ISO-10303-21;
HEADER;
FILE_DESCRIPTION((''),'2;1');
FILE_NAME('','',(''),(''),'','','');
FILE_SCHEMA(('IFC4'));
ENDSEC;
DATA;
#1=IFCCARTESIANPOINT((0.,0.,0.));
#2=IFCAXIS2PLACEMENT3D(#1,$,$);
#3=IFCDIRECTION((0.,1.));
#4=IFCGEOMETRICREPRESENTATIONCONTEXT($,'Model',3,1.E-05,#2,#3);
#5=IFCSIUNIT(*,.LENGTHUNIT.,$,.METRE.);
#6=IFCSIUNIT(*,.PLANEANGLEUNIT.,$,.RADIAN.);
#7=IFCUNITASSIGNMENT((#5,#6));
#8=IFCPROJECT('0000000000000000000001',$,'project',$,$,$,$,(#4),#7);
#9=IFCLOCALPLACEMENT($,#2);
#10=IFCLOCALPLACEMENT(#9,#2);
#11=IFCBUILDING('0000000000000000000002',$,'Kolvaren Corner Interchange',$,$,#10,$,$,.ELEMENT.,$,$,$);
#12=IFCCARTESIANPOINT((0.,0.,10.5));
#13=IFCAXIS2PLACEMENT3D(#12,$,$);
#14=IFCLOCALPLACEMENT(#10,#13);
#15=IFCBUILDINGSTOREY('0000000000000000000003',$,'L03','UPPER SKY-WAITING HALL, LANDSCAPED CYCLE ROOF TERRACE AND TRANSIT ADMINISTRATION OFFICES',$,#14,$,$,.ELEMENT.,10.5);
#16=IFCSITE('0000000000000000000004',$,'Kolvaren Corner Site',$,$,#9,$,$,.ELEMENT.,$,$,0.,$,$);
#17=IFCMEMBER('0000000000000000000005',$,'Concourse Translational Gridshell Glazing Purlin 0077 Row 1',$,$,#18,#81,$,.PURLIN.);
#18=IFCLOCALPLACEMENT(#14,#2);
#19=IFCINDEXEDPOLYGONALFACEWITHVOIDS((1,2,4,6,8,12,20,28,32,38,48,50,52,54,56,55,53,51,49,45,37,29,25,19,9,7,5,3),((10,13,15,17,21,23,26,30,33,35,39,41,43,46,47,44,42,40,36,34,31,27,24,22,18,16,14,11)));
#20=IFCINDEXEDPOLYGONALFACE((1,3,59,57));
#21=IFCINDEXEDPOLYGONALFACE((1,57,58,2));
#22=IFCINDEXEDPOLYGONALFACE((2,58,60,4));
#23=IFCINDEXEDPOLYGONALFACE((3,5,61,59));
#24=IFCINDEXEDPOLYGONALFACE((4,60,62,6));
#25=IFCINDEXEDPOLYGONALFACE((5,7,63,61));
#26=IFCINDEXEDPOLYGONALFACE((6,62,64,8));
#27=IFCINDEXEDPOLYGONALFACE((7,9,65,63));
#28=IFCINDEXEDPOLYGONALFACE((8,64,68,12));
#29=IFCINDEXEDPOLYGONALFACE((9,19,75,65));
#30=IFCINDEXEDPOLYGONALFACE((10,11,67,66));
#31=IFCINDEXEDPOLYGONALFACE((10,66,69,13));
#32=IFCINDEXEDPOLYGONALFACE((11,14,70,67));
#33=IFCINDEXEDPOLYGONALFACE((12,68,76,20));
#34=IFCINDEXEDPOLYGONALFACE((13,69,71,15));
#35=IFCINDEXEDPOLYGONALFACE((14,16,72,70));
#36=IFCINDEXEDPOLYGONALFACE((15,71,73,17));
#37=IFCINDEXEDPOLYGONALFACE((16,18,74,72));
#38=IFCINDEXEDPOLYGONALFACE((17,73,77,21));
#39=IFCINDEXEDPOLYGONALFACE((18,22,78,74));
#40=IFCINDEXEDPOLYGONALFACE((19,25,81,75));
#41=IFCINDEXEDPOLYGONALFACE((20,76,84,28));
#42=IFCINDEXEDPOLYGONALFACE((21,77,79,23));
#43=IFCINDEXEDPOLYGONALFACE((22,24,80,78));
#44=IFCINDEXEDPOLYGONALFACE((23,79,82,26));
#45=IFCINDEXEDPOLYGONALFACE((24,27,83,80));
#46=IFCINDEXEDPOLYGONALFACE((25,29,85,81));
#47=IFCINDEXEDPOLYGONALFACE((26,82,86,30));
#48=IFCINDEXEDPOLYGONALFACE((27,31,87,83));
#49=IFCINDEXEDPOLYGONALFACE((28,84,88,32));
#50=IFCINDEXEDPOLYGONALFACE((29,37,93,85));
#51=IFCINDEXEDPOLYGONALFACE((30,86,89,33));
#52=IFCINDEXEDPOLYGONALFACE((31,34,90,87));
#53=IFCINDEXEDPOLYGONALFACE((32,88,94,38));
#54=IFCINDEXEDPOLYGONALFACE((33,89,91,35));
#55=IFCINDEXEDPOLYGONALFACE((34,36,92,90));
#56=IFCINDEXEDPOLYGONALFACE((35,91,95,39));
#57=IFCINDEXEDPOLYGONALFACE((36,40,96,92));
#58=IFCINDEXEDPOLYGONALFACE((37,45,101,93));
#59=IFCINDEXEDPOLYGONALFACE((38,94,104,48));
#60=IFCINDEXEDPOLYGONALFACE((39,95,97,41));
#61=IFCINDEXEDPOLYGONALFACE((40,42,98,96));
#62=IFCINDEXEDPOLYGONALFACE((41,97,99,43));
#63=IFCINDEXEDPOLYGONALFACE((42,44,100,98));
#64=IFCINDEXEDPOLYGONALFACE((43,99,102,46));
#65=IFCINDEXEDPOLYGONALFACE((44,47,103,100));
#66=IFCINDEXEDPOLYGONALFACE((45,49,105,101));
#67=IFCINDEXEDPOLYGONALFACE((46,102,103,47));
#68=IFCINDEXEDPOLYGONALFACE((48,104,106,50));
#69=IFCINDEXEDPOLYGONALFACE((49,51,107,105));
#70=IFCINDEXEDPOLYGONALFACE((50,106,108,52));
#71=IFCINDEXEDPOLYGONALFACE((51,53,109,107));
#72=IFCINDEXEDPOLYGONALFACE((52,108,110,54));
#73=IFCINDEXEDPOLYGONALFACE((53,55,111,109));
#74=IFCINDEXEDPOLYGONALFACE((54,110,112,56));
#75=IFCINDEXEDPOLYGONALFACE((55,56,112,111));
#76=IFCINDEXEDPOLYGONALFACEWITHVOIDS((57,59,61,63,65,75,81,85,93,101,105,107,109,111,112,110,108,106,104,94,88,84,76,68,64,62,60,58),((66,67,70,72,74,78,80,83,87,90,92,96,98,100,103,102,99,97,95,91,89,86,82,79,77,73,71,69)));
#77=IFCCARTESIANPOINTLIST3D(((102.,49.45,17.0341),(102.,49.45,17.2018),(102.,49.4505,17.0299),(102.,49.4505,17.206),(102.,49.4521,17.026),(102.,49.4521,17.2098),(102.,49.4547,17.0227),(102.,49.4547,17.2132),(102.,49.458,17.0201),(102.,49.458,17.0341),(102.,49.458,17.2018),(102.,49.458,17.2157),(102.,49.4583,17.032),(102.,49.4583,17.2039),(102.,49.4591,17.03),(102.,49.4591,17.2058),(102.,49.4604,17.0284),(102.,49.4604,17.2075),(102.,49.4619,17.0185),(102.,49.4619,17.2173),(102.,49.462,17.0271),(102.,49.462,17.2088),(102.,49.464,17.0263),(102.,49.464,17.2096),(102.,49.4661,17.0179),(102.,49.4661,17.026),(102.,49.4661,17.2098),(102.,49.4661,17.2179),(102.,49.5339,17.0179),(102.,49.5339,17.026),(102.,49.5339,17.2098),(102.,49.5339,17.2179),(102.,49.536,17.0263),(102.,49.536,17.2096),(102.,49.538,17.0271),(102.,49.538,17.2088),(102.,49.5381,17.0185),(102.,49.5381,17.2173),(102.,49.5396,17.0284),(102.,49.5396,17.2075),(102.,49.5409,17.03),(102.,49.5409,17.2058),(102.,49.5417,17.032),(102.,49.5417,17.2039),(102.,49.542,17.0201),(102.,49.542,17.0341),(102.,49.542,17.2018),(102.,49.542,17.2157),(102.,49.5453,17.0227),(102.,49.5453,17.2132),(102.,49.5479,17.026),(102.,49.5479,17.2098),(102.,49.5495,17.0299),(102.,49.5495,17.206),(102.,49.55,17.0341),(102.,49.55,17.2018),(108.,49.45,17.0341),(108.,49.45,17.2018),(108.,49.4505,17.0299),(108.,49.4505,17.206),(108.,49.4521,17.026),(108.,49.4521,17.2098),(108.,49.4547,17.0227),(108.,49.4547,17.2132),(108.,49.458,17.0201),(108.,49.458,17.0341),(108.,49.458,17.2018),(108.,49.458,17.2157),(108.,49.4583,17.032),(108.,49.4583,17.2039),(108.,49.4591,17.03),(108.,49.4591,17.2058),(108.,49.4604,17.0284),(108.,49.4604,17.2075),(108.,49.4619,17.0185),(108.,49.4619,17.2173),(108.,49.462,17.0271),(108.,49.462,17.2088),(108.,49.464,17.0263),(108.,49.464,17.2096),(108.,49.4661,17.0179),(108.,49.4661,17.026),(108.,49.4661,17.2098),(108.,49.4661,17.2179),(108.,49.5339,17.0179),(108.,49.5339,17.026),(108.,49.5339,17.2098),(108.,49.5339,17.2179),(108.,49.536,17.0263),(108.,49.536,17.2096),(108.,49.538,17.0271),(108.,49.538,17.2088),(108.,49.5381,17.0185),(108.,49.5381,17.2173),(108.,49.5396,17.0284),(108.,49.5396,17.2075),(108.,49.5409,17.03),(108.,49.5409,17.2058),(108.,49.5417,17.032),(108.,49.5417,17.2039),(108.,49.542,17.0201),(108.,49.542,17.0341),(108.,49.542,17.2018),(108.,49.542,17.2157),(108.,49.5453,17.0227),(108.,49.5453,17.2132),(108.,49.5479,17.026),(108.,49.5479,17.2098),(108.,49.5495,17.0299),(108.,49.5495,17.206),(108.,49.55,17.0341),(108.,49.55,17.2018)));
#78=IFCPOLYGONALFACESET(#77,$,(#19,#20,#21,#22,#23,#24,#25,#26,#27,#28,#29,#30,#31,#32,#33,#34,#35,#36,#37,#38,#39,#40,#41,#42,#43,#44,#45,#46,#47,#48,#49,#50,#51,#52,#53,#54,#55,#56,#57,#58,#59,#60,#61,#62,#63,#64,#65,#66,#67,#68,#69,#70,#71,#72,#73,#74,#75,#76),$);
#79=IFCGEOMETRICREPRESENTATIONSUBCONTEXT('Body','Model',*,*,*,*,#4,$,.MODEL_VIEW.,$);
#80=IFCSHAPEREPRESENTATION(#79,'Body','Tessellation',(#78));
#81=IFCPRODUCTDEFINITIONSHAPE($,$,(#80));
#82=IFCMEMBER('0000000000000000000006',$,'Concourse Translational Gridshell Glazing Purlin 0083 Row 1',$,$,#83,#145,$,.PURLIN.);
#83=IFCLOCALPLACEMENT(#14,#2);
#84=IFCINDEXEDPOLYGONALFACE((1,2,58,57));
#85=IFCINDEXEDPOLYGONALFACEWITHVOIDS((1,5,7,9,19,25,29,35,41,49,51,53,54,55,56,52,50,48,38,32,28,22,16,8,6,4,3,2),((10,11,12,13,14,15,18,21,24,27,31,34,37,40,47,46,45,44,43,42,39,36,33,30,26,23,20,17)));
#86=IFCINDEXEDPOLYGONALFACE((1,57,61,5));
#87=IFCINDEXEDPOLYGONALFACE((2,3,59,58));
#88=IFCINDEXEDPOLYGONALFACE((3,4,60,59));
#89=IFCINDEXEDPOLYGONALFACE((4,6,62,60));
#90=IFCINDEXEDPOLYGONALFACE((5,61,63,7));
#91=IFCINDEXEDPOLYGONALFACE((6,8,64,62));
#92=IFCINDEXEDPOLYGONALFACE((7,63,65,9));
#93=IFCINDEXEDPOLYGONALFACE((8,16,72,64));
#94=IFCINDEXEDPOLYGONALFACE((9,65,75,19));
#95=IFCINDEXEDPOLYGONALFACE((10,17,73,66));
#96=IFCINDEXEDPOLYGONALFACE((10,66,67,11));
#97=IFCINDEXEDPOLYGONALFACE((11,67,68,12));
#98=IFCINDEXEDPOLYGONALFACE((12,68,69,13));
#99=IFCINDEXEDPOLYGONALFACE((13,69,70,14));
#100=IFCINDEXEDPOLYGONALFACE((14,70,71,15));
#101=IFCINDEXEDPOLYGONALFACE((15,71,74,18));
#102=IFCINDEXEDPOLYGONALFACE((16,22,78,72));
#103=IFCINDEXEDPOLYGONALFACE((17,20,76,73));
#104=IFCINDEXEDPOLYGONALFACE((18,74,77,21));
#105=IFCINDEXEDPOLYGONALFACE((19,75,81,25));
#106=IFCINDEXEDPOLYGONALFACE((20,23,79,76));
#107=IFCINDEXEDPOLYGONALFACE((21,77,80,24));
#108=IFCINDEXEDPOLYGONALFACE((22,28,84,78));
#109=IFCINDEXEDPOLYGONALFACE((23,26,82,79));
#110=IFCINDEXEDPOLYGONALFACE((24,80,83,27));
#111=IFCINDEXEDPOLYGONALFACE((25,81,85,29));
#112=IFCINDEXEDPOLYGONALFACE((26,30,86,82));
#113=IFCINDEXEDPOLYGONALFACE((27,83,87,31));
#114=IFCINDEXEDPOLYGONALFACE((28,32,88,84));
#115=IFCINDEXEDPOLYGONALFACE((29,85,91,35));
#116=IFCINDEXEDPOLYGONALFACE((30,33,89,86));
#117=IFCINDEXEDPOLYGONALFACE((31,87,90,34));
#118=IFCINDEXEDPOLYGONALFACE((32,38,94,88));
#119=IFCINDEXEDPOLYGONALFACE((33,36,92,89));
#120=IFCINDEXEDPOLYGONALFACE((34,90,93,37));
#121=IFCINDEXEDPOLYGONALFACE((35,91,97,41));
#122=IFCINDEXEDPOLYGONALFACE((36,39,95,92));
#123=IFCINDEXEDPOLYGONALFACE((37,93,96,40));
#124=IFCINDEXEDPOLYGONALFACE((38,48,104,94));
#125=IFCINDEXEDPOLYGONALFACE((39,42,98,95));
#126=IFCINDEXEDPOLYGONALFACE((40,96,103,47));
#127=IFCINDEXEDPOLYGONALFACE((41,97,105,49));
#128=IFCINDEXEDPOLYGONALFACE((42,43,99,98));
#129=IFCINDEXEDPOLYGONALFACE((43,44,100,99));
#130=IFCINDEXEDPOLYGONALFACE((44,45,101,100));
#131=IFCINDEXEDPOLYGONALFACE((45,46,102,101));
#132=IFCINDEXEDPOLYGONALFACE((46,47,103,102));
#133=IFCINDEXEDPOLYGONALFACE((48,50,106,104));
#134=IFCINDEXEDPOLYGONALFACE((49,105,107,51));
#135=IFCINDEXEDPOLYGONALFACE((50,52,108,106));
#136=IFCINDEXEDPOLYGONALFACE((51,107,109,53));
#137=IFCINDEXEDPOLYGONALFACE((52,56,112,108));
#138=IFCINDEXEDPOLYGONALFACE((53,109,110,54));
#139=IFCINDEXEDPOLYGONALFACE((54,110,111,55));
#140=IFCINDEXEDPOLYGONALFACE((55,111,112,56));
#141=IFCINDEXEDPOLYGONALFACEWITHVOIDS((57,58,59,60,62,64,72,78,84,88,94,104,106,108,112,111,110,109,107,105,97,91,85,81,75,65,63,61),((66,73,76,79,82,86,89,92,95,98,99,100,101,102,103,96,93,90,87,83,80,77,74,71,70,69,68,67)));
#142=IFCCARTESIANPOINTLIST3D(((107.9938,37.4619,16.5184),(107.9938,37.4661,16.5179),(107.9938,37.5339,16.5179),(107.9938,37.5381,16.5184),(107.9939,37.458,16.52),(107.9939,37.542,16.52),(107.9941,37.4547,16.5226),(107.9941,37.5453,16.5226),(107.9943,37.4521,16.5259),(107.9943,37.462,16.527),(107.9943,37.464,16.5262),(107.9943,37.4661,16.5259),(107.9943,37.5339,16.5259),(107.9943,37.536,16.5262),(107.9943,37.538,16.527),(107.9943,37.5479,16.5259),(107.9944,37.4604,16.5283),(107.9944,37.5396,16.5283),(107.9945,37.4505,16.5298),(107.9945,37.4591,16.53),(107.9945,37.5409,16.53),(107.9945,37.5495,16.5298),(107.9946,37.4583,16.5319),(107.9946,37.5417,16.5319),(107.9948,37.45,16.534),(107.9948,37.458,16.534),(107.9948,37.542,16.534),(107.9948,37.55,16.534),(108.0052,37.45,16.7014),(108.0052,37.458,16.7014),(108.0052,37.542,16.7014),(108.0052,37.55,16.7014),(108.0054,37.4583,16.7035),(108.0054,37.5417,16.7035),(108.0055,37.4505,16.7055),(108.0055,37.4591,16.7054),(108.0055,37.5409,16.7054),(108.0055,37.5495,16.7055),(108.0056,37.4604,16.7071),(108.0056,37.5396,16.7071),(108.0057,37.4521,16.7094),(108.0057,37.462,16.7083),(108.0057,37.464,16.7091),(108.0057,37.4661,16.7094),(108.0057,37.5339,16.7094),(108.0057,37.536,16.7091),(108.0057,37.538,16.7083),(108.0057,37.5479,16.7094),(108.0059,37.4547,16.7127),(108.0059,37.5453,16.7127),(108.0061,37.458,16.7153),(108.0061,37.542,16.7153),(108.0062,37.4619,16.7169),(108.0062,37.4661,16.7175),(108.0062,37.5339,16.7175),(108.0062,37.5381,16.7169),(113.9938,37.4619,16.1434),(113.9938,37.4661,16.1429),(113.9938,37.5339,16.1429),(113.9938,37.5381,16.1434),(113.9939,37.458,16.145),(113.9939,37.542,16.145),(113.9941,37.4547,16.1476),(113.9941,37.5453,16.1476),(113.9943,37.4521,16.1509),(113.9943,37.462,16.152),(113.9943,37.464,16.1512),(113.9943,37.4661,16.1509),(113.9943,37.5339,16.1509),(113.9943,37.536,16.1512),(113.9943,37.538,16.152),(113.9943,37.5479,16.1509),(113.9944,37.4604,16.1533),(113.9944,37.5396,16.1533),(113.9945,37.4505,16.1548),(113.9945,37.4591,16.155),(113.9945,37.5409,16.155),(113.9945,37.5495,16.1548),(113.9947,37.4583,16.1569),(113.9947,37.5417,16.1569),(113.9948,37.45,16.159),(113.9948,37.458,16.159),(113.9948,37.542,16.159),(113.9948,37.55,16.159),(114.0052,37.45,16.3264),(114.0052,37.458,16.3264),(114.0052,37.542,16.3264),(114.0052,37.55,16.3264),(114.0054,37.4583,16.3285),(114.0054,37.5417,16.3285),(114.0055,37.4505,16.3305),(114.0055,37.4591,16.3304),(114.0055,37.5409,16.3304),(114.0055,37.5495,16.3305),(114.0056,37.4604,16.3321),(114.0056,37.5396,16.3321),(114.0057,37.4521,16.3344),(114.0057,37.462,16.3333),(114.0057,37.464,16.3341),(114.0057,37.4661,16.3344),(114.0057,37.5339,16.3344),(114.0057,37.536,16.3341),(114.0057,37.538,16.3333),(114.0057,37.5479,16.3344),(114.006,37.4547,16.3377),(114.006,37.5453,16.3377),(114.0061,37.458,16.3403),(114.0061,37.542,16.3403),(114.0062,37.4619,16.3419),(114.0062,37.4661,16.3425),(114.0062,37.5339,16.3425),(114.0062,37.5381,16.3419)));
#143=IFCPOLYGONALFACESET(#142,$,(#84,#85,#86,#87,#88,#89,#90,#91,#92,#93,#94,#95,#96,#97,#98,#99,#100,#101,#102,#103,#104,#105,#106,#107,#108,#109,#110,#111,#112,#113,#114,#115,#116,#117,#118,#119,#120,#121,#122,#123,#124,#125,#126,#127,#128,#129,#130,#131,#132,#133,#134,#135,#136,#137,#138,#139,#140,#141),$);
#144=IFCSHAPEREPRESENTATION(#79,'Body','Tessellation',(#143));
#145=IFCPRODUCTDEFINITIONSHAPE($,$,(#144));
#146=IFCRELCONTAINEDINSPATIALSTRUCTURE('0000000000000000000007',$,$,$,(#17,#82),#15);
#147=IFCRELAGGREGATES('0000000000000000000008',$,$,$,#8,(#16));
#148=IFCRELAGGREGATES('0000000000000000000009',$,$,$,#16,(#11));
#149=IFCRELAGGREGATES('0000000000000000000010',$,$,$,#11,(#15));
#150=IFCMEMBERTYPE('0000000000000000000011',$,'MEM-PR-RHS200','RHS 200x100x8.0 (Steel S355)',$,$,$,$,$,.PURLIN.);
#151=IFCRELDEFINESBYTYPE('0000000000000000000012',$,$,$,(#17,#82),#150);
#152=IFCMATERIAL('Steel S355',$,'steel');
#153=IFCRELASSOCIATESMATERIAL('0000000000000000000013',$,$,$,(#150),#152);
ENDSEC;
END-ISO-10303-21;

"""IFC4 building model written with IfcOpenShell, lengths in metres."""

from ifc_helpers import new_model, si_unit, direction, frame, origin, origin_2d, place, context, subcontext, project, spatial, hollow_rectangle, extrude, material, material_profile, profile_set, type_object, element, save


model = new_model("IFC4")

# Units and contexts
model_context = context("Model", 3, precision=1e-05, world=origin(), true_north=direction((0.0, 1.0)))
body_context = subcontext(model_context, "Body", "Model", "MODEL_VIEW")
ifc_project = project(units=[si_unit("LENGTHUNIT", "METRE"), si_unit("PLANEANGLEUNIT", "RADIAN")], contexts=[model_context])

# Site, building, storey
site_placement = place(None, origin())
site = spatial("IfcSite", under=ifc_project, at=site_placement, Name="Kolvaren Corner Site", CompositionType="ELEMENT", RefElevation=0.0)
building_placement = place(site_placement, origin())
building = spatial("IfcBuilding", under=site, at=building_placement, Name="Kolvaren Corner Interchange", CompositionType="ELEMENT")
storey_placement = place(building_placement, frame((0.0, 0.0, 10.5)))
storey = spatial("IfcBuildingStorey", under=building, at=storey_placement, Name="L03", Description="UPPER SKY-WAITING HALL, LANDSCAPED CYCLE ROOF TERRACE AND TRANSIT ADMINISTRATION OFFICES", CompositionType="ELEMENT", Elevation=10.5)

# Members
ifc_material_1 = material(Name="Steel S355", Category="steel")
ifc_material_profile_1 = material_profile(ifc_material_1, hollow_rectangle(XDim=0.1001, YDim=0.2, WallThickness=0.0081, InnerFilletRadius=0.0081, OuterFilletRadius=0.0161, at=origin_2d()), Name="RHS 200x100x8.0")
ifc_profile_set_1 = profile_set([ifc_material_profile_1], Name="Steel S355")
member_type_1 = type_object("IfcMemberType", Name="MEM-PR-RHS200", Description="RHS 200x100x8.0 (Steel S355)", PredefinedType="PURLIN", material=ifc_profile_set_1)
for number, where, z_axis, x_axis, name in (
    (1, (102.0, 49.5, 17.1179), (1.0, 0.0, 0.0), (0.0, 1.0, 0.0), "Concourse Translational Gridshell Glazing Purlin 0077 Row 1"),
):
    element("IfcMember", number, at=place(storey_placement, frame(where, z_axis=z_axis, x_axis=x_axis)), inside=storey, type_object=member_type_1, Name=name, PredefinedType="PURLIN", context=body_context, shape_type="SweptSolid", body=[
        extrude(hollow_rectangle(XDim=0.1001, YDim=0.2, WallThickness=0.0081, InnerFilletRadius=0.0081, OuterFilletRadius=0.0161, at=origin_2d()), origin(), (0.0, 0.0, 1.0), 6.0),
    ])
for number, where, z_axis, x_axis, name in (
    (2, (108.0, 37.5, 16.6177), (0.998053, 0.0, -0.062378), (0.0, 1.0, 0.0), "Concourse Translational Gridshell Glazing Purlin 0083 Row 1"),
):
    element("IfcMember", number, at=place(storey_placement, frame(where, z_axis=z_axis, x_axis=x_axis)), inside=storey, type_object=member_type_1, Name=name, PredefinedType="PURLIN", context=body_context, shape_type="SweptSolid", body=[
        extrude(hollow_rectangle(XDim=0.1001, YDim=0.2, WallThickness=0.0081, InnerFilletRadius=0.0081, OuterFilletRadius=0.0161, at=origin_2d()), origin(), (0.0, 0.0, 1.0), 6.0117),
    ])

save(model, "model.ifc")
